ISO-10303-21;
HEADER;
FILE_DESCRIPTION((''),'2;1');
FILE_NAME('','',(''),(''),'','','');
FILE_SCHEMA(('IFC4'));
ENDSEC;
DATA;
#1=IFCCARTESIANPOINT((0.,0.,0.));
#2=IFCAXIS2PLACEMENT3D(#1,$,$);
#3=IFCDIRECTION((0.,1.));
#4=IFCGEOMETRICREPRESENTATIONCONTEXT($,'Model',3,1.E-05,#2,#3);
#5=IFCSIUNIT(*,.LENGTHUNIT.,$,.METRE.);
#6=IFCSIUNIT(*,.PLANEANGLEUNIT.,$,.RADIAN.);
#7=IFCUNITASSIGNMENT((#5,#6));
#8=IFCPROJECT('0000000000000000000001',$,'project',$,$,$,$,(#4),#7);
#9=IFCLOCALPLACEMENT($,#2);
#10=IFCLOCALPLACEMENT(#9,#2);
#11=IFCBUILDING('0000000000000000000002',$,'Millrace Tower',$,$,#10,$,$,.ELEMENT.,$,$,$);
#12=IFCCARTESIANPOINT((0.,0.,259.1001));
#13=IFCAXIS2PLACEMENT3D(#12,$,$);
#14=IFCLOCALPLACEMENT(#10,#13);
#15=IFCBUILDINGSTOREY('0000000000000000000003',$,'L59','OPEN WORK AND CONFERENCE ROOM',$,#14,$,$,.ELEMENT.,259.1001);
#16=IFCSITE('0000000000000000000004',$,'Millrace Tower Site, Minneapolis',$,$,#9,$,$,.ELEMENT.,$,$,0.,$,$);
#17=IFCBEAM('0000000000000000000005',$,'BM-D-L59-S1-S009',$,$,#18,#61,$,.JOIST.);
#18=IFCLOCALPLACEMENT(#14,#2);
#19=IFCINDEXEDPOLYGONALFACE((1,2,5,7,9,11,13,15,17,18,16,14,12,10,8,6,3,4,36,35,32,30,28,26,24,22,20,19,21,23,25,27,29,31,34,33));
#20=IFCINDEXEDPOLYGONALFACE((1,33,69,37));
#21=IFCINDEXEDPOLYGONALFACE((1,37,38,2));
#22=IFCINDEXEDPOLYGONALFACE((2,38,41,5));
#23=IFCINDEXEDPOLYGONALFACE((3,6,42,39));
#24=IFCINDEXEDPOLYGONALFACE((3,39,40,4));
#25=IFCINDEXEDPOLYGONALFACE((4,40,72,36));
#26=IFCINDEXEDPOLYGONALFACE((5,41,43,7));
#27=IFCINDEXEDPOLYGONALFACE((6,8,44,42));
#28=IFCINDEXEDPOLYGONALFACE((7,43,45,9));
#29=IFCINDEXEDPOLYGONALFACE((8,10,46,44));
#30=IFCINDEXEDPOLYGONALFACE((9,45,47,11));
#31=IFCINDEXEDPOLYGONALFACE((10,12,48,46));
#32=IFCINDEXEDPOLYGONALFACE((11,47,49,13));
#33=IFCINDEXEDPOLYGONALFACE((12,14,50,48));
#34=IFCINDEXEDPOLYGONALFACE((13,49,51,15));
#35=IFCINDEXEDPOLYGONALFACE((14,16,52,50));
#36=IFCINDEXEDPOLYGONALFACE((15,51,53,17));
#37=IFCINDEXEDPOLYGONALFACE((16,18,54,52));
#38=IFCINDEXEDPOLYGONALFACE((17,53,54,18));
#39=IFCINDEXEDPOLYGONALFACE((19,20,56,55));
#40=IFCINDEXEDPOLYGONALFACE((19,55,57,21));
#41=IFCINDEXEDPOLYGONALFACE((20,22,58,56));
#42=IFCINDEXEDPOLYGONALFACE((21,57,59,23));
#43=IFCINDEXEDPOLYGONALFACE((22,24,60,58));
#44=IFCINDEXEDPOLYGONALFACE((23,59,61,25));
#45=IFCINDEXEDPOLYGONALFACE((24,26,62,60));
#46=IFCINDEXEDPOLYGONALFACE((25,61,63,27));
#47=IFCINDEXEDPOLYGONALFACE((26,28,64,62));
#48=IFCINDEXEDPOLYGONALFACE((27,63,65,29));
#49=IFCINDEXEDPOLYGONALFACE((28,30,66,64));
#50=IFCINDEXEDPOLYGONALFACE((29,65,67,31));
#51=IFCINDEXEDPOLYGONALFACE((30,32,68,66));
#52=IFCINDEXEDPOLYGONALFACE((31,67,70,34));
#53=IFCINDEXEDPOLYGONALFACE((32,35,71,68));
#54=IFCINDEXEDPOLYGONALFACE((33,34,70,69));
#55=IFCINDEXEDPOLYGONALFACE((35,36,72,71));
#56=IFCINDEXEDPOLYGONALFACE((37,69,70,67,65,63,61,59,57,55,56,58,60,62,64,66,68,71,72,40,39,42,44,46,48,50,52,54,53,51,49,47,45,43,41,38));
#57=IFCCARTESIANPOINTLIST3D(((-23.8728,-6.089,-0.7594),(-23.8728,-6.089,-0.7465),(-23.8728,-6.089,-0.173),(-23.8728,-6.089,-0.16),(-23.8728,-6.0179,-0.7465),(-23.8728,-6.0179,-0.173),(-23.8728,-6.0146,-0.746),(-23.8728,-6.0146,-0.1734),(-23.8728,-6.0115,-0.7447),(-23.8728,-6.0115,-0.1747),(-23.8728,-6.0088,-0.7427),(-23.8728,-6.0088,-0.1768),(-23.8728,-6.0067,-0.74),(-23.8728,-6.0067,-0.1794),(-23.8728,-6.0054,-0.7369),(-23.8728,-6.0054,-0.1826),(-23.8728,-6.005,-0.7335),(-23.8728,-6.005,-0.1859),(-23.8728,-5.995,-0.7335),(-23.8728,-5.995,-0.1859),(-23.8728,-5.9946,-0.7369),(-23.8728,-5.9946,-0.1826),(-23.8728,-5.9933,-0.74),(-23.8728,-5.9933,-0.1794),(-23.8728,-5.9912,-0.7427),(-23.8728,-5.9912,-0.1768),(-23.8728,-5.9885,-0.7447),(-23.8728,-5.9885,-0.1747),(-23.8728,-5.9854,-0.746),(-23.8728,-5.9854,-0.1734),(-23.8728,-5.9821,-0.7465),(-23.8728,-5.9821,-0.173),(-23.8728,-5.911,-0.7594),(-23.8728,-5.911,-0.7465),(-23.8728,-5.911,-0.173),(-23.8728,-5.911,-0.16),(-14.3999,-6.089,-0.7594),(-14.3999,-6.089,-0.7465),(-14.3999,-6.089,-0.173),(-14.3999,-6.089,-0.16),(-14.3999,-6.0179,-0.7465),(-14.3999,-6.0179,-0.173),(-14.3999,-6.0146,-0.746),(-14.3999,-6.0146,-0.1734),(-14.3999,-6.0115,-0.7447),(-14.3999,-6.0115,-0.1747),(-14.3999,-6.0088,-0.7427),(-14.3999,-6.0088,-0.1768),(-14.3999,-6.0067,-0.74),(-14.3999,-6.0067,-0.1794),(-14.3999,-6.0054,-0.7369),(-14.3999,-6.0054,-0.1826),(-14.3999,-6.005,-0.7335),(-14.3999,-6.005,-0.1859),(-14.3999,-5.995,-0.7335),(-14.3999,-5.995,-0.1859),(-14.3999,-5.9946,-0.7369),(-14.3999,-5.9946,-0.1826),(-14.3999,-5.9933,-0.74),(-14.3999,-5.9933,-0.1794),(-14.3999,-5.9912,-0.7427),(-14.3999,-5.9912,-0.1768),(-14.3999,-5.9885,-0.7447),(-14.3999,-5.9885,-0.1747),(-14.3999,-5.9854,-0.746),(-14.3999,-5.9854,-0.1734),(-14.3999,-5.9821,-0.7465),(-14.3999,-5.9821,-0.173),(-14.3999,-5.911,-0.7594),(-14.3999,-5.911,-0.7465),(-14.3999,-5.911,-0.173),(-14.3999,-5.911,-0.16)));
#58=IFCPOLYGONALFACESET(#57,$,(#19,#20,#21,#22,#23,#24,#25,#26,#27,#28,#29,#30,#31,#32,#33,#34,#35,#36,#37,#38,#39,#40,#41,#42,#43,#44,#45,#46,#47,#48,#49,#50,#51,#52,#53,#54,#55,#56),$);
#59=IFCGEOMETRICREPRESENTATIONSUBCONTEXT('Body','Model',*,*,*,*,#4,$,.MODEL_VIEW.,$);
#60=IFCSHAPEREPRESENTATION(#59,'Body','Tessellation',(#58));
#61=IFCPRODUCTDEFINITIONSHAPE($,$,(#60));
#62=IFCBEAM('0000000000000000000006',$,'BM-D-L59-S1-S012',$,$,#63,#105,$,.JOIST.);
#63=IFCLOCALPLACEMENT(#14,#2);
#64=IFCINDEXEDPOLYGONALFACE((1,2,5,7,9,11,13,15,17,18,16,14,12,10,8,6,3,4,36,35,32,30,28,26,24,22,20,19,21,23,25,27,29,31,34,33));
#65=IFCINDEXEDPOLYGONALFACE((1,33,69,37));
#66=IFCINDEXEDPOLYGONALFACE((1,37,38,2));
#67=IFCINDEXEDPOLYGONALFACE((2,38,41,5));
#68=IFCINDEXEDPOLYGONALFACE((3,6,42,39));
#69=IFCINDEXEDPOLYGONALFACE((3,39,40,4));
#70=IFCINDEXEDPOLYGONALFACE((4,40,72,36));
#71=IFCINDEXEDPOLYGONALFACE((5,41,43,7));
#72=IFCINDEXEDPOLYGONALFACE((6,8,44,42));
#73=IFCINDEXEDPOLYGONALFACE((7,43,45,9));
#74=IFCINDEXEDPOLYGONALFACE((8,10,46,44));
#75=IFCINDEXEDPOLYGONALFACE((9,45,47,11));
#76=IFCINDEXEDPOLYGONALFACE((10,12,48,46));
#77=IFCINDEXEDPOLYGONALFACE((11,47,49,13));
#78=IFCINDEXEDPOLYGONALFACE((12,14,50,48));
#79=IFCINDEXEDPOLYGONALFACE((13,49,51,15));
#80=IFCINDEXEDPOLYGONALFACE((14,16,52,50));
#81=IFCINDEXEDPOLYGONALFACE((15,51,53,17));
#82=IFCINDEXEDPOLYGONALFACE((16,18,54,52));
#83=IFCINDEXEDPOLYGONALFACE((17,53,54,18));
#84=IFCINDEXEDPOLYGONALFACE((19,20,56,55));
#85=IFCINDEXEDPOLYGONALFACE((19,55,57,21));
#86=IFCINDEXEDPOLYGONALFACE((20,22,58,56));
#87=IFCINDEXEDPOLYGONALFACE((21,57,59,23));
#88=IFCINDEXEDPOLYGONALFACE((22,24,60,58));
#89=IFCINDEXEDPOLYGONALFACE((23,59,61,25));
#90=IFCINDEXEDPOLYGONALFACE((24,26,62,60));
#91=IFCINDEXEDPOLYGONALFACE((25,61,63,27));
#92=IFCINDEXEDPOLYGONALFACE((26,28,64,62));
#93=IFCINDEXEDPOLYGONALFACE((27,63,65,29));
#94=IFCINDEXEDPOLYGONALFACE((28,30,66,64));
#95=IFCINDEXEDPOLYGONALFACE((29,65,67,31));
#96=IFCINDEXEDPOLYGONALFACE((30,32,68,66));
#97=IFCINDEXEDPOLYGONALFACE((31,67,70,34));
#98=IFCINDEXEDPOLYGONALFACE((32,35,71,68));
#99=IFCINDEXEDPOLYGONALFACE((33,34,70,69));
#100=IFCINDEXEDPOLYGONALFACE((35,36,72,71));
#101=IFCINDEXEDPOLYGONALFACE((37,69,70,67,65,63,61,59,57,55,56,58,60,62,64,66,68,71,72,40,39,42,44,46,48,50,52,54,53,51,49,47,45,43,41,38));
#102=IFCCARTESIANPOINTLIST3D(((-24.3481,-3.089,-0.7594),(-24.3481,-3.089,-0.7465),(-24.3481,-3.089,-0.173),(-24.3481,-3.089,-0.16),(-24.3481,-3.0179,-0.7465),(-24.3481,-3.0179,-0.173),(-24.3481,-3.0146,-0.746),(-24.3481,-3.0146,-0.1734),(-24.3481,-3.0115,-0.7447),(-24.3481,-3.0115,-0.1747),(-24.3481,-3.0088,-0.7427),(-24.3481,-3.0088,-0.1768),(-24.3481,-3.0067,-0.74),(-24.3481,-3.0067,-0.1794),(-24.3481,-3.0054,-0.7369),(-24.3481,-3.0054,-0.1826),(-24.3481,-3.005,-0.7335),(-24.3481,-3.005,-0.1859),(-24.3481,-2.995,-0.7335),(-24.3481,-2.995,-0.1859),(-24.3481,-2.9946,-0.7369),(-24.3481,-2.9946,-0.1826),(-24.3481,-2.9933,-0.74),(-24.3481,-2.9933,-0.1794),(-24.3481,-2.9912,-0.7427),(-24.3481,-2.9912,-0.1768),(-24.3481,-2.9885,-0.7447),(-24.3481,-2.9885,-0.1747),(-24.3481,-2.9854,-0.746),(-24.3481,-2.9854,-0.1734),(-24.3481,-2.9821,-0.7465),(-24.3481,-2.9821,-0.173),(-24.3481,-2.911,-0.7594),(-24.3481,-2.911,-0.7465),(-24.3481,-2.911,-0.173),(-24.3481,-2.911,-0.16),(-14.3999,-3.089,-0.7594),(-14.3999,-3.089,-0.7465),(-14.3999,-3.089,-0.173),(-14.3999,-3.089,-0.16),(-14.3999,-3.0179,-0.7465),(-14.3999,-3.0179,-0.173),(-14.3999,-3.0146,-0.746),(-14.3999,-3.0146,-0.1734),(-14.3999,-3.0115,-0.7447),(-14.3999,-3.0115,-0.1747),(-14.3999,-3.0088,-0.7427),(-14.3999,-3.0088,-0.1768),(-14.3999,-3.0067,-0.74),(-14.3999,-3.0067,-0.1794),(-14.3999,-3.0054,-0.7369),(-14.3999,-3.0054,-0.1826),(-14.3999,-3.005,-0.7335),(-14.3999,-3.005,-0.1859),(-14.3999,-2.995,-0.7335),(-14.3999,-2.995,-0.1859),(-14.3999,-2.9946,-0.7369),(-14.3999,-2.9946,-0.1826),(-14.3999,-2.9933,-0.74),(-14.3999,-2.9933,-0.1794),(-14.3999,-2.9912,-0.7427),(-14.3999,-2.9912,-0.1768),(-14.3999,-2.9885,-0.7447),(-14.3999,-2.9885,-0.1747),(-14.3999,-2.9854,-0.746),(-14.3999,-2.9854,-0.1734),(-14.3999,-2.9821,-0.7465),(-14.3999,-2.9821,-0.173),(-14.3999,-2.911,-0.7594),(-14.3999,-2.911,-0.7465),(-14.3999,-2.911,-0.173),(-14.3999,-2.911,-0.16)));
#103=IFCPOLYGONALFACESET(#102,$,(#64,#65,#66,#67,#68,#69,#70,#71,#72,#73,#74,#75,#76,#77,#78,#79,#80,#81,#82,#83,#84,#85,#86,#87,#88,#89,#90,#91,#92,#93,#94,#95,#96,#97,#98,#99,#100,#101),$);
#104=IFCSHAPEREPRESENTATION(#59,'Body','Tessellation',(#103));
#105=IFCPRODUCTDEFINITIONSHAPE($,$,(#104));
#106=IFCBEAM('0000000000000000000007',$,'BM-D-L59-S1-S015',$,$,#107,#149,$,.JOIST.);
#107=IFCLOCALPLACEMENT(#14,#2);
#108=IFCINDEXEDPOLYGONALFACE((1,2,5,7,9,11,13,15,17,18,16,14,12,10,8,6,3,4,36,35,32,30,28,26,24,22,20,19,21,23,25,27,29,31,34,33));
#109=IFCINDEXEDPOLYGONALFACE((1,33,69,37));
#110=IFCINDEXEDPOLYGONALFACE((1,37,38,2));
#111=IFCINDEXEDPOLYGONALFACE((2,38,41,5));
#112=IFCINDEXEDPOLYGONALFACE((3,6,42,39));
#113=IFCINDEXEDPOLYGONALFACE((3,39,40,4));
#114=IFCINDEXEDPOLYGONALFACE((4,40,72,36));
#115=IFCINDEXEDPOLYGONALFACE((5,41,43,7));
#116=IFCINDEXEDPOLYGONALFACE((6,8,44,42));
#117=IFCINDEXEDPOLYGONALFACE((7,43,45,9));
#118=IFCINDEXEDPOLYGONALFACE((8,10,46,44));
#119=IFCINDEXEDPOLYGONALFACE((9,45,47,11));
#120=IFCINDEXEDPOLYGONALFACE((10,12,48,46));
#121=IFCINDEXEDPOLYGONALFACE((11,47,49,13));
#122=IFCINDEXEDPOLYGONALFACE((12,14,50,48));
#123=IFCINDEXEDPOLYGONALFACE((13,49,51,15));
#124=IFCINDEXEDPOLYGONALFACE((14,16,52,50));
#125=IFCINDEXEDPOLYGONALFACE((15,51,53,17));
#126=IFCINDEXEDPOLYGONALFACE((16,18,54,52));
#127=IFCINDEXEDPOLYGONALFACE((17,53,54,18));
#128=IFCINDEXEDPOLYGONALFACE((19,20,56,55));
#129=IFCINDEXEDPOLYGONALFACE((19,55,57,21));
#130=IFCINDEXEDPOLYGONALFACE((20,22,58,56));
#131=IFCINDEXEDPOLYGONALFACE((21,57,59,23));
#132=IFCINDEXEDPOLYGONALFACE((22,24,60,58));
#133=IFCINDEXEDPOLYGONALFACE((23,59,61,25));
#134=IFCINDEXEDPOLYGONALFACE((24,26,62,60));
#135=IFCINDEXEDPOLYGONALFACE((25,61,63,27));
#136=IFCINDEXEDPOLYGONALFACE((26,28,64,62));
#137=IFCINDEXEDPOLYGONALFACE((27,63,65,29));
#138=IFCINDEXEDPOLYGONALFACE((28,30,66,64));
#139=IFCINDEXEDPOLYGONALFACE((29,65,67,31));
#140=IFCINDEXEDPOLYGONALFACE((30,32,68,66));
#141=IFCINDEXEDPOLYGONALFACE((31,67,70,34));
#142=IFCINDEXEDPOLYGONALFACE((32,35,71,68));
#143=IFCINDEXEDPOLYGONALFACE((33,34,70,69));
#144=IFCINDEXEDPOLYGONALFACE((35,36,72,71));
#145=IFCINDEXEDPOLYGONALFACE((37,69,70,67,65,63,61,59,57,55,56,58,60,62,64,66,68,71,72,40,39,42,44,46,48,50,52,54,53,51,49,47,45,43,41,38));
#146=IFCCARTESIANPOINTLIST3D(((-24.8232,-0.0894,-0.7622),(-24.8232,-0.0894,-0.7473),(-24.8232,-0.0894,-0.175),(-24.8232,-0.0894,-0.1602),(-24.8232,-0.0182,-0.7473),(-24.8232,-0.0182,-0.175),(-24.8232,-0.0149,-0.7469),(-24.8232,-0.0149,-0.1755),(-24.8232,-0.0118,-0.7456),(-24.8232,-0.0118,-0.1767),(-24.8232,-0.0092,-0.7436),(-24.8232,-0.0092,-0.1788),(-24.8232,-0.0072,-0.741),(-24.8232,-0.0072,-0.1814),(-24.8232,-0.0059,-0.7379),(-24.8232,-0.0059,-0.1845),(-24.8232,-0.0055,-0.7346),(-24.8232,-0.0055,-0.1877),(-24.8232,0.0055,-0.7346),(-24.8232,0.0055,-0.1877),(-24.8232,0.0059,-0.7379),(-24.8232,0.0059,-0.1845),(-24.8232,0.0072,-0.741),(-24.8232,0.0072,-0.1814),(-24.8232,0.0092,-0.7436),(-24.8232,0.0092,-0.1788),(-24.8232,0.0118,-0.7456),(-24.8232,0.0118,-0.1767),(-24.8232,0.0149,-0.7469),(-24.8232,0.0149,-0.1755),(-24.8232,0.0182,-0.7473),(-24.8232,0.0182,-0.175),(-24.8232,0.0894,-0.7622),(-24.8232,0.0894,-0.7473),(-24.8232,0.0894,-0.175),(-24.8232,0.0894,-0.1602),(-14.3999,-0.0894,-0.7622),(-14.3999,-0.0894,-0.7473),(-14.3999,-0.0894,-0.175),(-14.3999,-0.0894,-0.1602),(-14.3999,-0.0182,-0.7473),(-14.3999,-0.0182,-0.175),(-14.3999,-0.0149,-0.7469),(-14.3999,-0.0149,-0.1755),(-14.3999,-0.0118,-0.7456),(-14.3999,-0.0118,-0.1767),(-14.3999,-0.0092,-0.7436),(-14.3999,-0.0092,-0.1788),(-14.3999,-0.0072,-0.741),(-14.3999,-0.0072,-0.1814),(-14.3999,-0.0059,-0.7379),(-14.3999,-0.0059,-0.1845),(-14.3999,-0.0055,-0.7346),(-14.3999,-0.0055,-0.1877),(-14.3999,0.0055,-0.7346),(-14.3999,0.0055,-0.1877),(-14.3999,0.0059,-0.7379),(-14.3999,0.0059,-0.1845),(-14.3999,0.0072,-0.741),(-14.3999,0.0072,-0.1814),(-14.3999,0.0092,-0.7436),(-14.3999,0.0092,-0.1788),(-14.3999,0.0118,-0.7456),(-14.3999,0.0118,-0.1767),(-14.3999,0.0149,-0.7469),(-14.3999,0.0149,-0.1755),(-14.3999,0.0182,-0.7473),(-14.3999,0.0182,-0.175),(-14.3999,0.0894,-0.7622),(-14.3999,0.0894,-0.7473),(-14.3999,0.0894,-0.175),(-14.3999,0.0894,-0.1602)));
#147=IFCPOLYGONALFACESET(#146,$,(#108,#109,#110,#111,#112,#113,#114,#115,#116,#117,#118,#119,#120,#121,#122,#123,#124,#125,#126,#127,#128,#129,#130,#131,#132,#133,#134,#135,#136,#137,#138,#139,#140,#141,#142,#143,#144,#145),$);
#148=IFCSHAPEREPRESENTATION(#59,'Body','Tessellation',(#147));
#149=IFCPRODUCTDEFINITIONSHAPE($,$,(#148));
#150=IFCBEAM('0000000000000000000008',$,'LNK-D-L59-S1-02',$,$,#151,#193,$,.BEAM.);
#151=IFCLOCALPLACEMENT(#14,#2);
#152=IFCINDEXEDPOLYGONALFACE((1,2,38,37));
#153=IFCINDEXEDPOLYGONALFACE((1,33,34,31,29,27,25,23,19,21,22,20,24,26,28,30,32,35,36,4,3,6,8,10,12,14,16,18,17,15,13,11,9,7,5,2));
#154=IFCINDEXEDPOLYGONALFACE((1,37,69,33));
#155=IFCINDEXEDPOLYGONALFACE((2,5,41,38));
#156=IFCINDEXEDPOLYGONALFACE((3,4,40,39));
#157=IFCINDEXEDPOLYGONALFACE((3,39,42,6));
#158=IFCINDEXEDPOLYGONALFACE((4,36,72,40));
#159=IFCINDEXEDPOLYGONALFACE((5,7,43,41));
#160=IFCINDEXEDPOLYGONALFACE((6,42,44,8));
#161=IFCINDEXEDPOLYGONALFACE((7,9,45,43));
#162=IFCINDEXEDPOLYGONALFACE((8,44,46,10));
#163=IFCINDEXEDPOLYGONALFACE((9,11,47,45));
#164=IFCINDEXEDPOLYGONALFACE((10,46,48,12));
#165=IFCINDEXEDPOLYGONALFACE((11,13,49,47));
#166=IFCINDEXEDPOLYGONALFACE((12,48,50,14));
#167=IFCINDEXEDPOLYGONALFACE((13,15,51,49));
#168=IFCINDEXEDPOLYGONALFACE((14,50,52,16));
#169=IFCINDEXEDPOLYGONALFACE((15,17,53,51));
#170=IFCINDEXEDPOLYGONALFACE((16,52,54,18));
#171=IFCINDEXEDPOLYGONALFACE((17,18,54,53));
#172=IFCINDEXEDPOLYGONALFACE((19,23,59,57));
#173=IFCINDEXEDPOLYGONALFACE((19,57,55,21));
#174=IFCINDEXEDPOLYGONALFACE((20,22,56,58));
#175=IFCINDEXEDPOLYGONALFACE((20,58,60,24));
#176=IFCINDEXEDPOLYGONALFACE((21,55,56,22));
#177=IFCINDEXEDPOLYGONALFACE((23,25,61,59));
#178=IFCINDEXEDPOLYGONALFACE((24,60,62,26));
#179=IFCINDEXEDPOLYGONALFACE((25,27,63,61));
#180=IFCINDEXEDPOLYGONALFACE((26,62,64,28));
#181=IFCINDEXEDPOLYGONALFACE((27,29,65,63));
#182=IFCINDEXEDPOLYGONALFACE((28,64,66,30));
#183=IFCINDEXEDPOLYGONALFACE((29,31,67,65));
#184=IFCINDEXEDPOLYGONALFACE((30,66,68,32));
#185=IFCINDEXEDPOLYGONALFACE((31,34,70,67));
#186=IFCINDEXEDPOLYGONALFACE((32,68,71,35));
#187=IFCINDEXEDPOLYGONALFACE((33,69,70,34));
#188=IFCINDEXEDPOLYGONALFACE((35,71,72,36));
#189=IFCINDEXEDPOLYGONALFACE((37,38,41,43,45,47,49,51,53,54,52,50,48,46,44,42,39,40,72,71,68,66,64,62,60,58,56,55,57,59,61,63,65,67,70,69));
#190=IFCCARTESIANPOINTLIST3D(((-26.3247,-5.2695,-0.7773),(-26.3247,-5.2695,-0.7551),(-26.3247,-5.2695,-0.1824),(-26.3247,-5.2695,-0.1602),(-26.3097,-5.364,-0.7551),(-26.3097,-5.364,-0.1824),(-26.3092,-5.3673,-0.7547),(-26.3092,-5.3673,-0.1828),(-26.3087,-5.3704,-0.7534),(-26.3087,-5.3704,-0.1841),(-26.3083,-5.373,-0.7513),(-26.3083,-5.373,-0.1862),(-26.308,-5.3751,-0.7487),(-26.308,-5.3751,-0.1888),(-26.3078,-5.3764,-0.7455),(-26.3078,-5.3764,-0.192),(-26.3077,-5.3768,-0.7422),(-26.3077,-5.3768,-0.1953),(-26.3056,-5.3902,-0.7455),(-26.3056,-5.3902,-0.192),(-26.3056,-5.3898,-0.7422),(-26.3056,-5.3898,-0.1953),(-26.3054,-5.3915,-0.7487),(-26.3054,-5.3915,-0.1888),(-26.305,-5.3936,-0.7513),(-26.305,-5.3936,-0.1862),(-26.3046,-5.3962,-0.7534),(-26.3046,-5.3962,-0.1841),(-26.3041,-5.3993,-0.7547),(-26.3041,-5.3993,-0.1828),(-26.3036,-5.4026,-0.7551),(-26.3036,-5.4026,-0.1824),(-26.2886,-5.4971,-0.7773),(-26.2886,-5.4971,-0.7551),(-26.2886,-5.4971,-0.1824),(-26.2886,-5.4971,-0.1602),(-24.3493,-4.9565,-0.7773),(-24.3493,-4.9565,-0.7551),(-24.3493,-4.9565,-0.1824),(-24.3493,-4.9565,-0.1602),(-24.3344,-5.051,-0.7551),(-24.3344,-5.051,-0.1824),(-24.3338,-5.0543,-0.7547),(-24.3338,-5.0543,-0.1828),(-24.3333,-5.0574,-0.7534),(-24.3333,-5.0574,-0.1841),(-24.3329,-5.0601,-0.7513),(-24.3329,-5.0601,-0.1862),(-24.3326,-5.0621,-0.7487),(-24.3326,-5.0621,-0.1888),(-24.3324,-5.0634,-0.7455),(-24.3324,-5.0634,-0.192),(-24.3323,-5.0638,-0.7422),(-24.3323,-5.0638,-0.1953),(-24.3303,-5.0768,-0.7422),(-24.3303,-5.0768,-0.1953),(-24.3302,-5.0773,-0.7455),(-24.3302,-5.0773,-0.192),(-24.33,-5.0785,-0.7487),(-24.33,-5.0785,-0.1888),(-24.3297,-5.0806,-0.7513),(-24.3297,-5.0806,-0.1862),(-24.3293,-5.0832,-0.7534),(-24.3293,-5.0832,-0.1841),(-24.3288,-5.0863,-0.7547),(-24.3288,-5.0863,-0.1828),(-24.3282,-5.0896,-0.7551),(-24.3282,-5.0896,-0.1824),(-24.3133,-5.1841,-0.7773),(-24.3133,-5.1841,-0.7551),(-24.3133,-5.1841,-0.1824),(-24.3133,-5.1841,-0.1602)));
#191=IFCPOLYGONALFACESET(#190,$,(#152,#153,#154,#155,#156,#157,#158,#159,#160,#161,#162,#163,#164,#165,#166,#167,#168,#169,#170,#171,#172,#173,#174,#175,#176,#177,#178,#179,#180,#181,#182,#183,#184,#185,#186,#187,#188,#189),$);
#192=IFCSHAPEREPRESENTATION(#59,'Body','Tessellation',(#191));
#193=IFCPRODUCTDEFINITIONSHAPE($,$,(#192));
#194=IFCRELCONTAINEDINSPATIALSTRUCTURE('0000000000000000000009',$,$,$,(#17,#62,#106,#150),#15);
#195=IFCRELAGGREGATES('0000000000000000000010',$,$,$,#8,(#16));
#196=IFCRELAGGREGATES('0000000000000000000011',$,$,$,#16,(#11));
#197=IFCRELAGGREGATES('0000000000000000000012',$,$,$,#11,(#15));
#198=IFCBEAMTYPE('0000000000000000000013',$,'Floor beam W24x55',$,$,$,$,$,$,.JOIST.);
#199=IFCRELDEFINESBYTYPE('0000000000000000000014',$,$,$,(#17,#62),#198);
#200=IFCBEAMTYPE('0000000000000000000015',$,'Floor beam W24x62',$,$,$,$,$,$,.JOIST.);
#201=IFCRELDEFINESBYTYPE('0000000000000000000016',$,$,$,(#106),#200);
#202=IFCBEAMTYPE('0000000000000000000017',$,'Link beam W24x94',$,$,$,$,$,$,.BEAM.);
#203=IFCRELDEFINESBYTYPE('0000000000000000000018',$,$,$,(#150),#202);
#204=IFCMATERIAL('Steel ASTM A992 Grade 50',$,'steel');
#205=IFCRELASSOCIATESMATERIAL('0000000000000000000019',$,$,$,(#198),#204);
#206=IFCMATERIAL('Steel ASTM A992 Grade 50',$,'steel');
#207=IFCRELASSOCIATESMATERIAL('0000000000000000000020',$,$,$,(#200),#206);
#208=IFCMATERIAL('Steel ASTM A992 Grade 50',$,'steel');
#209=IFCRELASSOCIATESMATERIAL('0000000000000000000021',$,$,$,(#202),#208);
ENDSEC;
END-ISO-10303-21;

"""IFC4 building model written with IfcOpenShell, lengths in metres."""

from ifc_helpers import new_model, si_unit, direction, frame, origin, origin_2d, place, context, subcontext, project, spatial, i_section, extrude, material, material_profile, profile_set, type_object, element, save


model = new_model("IFC4")

# Units and contexts
model_context = context("Model", 3, precision=1e-05, world=origin(), true_north=direction((0.0, 1.0)))
body_context = subcontext(model_context, "Body", "Model", "MODEL_VIEW")
ifc_project = project(units=[si_unit("LENGTHUNIT", "METRE"), si_unit("PLANEANGLEUNIT", "RADIAN")], contexts=[model_context])

# Site, building, storey
site_placement = place(None, origin())
site = spatial("IfcSite", under=ifc_project, at=site_placement, Name="Millrace Tower Site, Minneapolis", CompositionType="ELEMENT", RefElevation=0.0)
building_placement = place(site_placement, origin())
building = spatial("IfcBuilding", under=site, at=building_placement, Name="Millrace Tower", CompositionType="ELEMENT")
storey_placement = place(building_placement, frame((0.0, 0.0, 259.1001)))
storey = spatial("IfcBuildingStorey", under=building, at=storey_placement, Name="L59", Description="OPEN WORK AND CONFERENCE ROOM", CompositionType="ELEMENT", Elevation=259.1001)

# Beams
ifc_material_1 = material(Name="Steel ASTM A992 Grade 50", Category="steel")
ifc_material_profile_1 = material_profile(ifc_material_1, i_section(OverallWidth=0.178, OverallDepth=0.5994, WebThickness=0.01, FlangeThickness=0.0129, FilletRadius=0.0129, at=origin_2d()))
ifc_profile_set_1 = profile_set([ifc_material_profile_1], Name="Steel ASTM A992 Grade 50")
beam_type_1 = type_object("IfcBeamType", Name="Floor beam W24x55", PredefinedType="JOIST", material=ifc_profile_set_1)
beam_1_placement = place(storey_placement, frame((-23.8728, -6.0, -0.4597), z_axis=(1.0, 0.0, 0.0), x_axis=(0.0, 1.0, 0.0)))
element("IfcBeam", 1, at=beam_1_placement, inside=storey, type_object=beam_type_1, Name="BM-D-L59-S1-S009", PredefinedType="JOIST", context=body_context, shape_type="SweptSolid", body=[
    extrude(i_section(OverallWidth=0.178, OverallDepth=0.5994, WebThickness=0.01, FlangeThickness=0.0129, FilletRadius=0.0129, at=origin_2d()), origin(), (0.0, 0.0, 1.0), 9.4729),
])
beam_2_placement = place(storey_placement, frame((-24.3481, -3.0, -0.4597), z_axis=(1.0, 0.0, 0.0), x_axis=(0.0, 1.0, 0.0)))
element("IfcBeam", 2, at=beam_2_placement, inside=storey, type_object=beam_type_1, Name="BM-D-L59-S1-S012", PredefinedType="JOIST", context=body_context, shape_type="SweptSolid", body=[
    extrude(i_section(OverallWidth=0.178, OverallDepth=0.5994, WebThickness=0.01, FlangeThickness=0.0129, FilletRadius=0.0129, at=origin_2d()), origin(), (0.0, 0.0, 1.0), 9.9482),
])
ifc_material_2 = material(Name="Steel ASTM A992 Grade 50", Category="steel")
ifc_material_profile_2 = material_profile(ifc_material_2, i_section(OverallWidth=0.1787, OverallDepth=0.6021, WebThickness=0.011, FlangeThickness=0.0149, FilletRadius=0.0127, at=origin_2d()))
ifc_profile_set_2 = profile_set([ifc_material_profile_2], Name="Steel ASTM A992 Grade 50")
beam_type_2 = type_object("IfcBeamType", Name="Floor beam W24x62", PredefinedType="JOIST", material=ifc_profile_set_2)
beam_3_placement = place(storey_placement, frame((-24.8232, 0.0, -0.4612), z_axis=(1.0, 0.0, 0.0), x_axis=(0.0, 1.0, 0.0)))
element("IfcBeam", 3, at=beam_3_placement, inside=storey, type_object=beam_type_2, Name="BM-D-L59-S1-S015", PredefinedType="JOIST", context=body_context, shape_type="SweptSolid", body=[
    extrude(i_section(OverallWidth=0.1787, OverallDepth=0.6021, WebThickness=0.011, FlangeThickness=0.0149, FilletRadius=0.0127, at=origin_2d()), origin(), (0.0, 0.0, 1.0), 10.4233),
])
ifc_material_3 = material(Name="Steel ASTM A992 Grade 50", Category="steel")
ifc_material_profile_3 = material_profile(ifc_material_3, i_section(OverallWidth=0.2305, OverallDepth=0.6172, WebThickness=0.0132, FlangeThickness=0.0222, FilletRadius=0.0129, at=origin_2d()))
ifc_profile_set_3 = profile_set([ifc_material_profile_3], Name="Steel ASTM A992 Grade 50")
beam_type_3 = type_object("IfcBeamType", Name="Link beam W24x94", PredefinedType="BEAM", material=ifc_profile_set_3)
beam_4_placement = place(storey_placement, frame((-24.3313, -5.0703, -0.4688), z_axis=(-0.987679, -0.156495, 0.0), x_axis=(0.156495, -0.987679, 0.0)))
element("IfcBeam", 4, at=beam_4_placement, inside=storey, type_object=beam_type_3, Name="LNK-D-L59-S1-02", PredefinedType="BEAM", context=body_context, shape_type="SweptSolid", body=[
    extrude(i_section(OverallWidth=0.2305, OverallDepth=0.6172, WebThickness=0.0132, FlangeThickness=0.0222, FilletRadius=0.0129, at=origin_2d()), origin(), (0.0, 0.0, 1.0), 2.0),
])

save(model, "model.ifc")
